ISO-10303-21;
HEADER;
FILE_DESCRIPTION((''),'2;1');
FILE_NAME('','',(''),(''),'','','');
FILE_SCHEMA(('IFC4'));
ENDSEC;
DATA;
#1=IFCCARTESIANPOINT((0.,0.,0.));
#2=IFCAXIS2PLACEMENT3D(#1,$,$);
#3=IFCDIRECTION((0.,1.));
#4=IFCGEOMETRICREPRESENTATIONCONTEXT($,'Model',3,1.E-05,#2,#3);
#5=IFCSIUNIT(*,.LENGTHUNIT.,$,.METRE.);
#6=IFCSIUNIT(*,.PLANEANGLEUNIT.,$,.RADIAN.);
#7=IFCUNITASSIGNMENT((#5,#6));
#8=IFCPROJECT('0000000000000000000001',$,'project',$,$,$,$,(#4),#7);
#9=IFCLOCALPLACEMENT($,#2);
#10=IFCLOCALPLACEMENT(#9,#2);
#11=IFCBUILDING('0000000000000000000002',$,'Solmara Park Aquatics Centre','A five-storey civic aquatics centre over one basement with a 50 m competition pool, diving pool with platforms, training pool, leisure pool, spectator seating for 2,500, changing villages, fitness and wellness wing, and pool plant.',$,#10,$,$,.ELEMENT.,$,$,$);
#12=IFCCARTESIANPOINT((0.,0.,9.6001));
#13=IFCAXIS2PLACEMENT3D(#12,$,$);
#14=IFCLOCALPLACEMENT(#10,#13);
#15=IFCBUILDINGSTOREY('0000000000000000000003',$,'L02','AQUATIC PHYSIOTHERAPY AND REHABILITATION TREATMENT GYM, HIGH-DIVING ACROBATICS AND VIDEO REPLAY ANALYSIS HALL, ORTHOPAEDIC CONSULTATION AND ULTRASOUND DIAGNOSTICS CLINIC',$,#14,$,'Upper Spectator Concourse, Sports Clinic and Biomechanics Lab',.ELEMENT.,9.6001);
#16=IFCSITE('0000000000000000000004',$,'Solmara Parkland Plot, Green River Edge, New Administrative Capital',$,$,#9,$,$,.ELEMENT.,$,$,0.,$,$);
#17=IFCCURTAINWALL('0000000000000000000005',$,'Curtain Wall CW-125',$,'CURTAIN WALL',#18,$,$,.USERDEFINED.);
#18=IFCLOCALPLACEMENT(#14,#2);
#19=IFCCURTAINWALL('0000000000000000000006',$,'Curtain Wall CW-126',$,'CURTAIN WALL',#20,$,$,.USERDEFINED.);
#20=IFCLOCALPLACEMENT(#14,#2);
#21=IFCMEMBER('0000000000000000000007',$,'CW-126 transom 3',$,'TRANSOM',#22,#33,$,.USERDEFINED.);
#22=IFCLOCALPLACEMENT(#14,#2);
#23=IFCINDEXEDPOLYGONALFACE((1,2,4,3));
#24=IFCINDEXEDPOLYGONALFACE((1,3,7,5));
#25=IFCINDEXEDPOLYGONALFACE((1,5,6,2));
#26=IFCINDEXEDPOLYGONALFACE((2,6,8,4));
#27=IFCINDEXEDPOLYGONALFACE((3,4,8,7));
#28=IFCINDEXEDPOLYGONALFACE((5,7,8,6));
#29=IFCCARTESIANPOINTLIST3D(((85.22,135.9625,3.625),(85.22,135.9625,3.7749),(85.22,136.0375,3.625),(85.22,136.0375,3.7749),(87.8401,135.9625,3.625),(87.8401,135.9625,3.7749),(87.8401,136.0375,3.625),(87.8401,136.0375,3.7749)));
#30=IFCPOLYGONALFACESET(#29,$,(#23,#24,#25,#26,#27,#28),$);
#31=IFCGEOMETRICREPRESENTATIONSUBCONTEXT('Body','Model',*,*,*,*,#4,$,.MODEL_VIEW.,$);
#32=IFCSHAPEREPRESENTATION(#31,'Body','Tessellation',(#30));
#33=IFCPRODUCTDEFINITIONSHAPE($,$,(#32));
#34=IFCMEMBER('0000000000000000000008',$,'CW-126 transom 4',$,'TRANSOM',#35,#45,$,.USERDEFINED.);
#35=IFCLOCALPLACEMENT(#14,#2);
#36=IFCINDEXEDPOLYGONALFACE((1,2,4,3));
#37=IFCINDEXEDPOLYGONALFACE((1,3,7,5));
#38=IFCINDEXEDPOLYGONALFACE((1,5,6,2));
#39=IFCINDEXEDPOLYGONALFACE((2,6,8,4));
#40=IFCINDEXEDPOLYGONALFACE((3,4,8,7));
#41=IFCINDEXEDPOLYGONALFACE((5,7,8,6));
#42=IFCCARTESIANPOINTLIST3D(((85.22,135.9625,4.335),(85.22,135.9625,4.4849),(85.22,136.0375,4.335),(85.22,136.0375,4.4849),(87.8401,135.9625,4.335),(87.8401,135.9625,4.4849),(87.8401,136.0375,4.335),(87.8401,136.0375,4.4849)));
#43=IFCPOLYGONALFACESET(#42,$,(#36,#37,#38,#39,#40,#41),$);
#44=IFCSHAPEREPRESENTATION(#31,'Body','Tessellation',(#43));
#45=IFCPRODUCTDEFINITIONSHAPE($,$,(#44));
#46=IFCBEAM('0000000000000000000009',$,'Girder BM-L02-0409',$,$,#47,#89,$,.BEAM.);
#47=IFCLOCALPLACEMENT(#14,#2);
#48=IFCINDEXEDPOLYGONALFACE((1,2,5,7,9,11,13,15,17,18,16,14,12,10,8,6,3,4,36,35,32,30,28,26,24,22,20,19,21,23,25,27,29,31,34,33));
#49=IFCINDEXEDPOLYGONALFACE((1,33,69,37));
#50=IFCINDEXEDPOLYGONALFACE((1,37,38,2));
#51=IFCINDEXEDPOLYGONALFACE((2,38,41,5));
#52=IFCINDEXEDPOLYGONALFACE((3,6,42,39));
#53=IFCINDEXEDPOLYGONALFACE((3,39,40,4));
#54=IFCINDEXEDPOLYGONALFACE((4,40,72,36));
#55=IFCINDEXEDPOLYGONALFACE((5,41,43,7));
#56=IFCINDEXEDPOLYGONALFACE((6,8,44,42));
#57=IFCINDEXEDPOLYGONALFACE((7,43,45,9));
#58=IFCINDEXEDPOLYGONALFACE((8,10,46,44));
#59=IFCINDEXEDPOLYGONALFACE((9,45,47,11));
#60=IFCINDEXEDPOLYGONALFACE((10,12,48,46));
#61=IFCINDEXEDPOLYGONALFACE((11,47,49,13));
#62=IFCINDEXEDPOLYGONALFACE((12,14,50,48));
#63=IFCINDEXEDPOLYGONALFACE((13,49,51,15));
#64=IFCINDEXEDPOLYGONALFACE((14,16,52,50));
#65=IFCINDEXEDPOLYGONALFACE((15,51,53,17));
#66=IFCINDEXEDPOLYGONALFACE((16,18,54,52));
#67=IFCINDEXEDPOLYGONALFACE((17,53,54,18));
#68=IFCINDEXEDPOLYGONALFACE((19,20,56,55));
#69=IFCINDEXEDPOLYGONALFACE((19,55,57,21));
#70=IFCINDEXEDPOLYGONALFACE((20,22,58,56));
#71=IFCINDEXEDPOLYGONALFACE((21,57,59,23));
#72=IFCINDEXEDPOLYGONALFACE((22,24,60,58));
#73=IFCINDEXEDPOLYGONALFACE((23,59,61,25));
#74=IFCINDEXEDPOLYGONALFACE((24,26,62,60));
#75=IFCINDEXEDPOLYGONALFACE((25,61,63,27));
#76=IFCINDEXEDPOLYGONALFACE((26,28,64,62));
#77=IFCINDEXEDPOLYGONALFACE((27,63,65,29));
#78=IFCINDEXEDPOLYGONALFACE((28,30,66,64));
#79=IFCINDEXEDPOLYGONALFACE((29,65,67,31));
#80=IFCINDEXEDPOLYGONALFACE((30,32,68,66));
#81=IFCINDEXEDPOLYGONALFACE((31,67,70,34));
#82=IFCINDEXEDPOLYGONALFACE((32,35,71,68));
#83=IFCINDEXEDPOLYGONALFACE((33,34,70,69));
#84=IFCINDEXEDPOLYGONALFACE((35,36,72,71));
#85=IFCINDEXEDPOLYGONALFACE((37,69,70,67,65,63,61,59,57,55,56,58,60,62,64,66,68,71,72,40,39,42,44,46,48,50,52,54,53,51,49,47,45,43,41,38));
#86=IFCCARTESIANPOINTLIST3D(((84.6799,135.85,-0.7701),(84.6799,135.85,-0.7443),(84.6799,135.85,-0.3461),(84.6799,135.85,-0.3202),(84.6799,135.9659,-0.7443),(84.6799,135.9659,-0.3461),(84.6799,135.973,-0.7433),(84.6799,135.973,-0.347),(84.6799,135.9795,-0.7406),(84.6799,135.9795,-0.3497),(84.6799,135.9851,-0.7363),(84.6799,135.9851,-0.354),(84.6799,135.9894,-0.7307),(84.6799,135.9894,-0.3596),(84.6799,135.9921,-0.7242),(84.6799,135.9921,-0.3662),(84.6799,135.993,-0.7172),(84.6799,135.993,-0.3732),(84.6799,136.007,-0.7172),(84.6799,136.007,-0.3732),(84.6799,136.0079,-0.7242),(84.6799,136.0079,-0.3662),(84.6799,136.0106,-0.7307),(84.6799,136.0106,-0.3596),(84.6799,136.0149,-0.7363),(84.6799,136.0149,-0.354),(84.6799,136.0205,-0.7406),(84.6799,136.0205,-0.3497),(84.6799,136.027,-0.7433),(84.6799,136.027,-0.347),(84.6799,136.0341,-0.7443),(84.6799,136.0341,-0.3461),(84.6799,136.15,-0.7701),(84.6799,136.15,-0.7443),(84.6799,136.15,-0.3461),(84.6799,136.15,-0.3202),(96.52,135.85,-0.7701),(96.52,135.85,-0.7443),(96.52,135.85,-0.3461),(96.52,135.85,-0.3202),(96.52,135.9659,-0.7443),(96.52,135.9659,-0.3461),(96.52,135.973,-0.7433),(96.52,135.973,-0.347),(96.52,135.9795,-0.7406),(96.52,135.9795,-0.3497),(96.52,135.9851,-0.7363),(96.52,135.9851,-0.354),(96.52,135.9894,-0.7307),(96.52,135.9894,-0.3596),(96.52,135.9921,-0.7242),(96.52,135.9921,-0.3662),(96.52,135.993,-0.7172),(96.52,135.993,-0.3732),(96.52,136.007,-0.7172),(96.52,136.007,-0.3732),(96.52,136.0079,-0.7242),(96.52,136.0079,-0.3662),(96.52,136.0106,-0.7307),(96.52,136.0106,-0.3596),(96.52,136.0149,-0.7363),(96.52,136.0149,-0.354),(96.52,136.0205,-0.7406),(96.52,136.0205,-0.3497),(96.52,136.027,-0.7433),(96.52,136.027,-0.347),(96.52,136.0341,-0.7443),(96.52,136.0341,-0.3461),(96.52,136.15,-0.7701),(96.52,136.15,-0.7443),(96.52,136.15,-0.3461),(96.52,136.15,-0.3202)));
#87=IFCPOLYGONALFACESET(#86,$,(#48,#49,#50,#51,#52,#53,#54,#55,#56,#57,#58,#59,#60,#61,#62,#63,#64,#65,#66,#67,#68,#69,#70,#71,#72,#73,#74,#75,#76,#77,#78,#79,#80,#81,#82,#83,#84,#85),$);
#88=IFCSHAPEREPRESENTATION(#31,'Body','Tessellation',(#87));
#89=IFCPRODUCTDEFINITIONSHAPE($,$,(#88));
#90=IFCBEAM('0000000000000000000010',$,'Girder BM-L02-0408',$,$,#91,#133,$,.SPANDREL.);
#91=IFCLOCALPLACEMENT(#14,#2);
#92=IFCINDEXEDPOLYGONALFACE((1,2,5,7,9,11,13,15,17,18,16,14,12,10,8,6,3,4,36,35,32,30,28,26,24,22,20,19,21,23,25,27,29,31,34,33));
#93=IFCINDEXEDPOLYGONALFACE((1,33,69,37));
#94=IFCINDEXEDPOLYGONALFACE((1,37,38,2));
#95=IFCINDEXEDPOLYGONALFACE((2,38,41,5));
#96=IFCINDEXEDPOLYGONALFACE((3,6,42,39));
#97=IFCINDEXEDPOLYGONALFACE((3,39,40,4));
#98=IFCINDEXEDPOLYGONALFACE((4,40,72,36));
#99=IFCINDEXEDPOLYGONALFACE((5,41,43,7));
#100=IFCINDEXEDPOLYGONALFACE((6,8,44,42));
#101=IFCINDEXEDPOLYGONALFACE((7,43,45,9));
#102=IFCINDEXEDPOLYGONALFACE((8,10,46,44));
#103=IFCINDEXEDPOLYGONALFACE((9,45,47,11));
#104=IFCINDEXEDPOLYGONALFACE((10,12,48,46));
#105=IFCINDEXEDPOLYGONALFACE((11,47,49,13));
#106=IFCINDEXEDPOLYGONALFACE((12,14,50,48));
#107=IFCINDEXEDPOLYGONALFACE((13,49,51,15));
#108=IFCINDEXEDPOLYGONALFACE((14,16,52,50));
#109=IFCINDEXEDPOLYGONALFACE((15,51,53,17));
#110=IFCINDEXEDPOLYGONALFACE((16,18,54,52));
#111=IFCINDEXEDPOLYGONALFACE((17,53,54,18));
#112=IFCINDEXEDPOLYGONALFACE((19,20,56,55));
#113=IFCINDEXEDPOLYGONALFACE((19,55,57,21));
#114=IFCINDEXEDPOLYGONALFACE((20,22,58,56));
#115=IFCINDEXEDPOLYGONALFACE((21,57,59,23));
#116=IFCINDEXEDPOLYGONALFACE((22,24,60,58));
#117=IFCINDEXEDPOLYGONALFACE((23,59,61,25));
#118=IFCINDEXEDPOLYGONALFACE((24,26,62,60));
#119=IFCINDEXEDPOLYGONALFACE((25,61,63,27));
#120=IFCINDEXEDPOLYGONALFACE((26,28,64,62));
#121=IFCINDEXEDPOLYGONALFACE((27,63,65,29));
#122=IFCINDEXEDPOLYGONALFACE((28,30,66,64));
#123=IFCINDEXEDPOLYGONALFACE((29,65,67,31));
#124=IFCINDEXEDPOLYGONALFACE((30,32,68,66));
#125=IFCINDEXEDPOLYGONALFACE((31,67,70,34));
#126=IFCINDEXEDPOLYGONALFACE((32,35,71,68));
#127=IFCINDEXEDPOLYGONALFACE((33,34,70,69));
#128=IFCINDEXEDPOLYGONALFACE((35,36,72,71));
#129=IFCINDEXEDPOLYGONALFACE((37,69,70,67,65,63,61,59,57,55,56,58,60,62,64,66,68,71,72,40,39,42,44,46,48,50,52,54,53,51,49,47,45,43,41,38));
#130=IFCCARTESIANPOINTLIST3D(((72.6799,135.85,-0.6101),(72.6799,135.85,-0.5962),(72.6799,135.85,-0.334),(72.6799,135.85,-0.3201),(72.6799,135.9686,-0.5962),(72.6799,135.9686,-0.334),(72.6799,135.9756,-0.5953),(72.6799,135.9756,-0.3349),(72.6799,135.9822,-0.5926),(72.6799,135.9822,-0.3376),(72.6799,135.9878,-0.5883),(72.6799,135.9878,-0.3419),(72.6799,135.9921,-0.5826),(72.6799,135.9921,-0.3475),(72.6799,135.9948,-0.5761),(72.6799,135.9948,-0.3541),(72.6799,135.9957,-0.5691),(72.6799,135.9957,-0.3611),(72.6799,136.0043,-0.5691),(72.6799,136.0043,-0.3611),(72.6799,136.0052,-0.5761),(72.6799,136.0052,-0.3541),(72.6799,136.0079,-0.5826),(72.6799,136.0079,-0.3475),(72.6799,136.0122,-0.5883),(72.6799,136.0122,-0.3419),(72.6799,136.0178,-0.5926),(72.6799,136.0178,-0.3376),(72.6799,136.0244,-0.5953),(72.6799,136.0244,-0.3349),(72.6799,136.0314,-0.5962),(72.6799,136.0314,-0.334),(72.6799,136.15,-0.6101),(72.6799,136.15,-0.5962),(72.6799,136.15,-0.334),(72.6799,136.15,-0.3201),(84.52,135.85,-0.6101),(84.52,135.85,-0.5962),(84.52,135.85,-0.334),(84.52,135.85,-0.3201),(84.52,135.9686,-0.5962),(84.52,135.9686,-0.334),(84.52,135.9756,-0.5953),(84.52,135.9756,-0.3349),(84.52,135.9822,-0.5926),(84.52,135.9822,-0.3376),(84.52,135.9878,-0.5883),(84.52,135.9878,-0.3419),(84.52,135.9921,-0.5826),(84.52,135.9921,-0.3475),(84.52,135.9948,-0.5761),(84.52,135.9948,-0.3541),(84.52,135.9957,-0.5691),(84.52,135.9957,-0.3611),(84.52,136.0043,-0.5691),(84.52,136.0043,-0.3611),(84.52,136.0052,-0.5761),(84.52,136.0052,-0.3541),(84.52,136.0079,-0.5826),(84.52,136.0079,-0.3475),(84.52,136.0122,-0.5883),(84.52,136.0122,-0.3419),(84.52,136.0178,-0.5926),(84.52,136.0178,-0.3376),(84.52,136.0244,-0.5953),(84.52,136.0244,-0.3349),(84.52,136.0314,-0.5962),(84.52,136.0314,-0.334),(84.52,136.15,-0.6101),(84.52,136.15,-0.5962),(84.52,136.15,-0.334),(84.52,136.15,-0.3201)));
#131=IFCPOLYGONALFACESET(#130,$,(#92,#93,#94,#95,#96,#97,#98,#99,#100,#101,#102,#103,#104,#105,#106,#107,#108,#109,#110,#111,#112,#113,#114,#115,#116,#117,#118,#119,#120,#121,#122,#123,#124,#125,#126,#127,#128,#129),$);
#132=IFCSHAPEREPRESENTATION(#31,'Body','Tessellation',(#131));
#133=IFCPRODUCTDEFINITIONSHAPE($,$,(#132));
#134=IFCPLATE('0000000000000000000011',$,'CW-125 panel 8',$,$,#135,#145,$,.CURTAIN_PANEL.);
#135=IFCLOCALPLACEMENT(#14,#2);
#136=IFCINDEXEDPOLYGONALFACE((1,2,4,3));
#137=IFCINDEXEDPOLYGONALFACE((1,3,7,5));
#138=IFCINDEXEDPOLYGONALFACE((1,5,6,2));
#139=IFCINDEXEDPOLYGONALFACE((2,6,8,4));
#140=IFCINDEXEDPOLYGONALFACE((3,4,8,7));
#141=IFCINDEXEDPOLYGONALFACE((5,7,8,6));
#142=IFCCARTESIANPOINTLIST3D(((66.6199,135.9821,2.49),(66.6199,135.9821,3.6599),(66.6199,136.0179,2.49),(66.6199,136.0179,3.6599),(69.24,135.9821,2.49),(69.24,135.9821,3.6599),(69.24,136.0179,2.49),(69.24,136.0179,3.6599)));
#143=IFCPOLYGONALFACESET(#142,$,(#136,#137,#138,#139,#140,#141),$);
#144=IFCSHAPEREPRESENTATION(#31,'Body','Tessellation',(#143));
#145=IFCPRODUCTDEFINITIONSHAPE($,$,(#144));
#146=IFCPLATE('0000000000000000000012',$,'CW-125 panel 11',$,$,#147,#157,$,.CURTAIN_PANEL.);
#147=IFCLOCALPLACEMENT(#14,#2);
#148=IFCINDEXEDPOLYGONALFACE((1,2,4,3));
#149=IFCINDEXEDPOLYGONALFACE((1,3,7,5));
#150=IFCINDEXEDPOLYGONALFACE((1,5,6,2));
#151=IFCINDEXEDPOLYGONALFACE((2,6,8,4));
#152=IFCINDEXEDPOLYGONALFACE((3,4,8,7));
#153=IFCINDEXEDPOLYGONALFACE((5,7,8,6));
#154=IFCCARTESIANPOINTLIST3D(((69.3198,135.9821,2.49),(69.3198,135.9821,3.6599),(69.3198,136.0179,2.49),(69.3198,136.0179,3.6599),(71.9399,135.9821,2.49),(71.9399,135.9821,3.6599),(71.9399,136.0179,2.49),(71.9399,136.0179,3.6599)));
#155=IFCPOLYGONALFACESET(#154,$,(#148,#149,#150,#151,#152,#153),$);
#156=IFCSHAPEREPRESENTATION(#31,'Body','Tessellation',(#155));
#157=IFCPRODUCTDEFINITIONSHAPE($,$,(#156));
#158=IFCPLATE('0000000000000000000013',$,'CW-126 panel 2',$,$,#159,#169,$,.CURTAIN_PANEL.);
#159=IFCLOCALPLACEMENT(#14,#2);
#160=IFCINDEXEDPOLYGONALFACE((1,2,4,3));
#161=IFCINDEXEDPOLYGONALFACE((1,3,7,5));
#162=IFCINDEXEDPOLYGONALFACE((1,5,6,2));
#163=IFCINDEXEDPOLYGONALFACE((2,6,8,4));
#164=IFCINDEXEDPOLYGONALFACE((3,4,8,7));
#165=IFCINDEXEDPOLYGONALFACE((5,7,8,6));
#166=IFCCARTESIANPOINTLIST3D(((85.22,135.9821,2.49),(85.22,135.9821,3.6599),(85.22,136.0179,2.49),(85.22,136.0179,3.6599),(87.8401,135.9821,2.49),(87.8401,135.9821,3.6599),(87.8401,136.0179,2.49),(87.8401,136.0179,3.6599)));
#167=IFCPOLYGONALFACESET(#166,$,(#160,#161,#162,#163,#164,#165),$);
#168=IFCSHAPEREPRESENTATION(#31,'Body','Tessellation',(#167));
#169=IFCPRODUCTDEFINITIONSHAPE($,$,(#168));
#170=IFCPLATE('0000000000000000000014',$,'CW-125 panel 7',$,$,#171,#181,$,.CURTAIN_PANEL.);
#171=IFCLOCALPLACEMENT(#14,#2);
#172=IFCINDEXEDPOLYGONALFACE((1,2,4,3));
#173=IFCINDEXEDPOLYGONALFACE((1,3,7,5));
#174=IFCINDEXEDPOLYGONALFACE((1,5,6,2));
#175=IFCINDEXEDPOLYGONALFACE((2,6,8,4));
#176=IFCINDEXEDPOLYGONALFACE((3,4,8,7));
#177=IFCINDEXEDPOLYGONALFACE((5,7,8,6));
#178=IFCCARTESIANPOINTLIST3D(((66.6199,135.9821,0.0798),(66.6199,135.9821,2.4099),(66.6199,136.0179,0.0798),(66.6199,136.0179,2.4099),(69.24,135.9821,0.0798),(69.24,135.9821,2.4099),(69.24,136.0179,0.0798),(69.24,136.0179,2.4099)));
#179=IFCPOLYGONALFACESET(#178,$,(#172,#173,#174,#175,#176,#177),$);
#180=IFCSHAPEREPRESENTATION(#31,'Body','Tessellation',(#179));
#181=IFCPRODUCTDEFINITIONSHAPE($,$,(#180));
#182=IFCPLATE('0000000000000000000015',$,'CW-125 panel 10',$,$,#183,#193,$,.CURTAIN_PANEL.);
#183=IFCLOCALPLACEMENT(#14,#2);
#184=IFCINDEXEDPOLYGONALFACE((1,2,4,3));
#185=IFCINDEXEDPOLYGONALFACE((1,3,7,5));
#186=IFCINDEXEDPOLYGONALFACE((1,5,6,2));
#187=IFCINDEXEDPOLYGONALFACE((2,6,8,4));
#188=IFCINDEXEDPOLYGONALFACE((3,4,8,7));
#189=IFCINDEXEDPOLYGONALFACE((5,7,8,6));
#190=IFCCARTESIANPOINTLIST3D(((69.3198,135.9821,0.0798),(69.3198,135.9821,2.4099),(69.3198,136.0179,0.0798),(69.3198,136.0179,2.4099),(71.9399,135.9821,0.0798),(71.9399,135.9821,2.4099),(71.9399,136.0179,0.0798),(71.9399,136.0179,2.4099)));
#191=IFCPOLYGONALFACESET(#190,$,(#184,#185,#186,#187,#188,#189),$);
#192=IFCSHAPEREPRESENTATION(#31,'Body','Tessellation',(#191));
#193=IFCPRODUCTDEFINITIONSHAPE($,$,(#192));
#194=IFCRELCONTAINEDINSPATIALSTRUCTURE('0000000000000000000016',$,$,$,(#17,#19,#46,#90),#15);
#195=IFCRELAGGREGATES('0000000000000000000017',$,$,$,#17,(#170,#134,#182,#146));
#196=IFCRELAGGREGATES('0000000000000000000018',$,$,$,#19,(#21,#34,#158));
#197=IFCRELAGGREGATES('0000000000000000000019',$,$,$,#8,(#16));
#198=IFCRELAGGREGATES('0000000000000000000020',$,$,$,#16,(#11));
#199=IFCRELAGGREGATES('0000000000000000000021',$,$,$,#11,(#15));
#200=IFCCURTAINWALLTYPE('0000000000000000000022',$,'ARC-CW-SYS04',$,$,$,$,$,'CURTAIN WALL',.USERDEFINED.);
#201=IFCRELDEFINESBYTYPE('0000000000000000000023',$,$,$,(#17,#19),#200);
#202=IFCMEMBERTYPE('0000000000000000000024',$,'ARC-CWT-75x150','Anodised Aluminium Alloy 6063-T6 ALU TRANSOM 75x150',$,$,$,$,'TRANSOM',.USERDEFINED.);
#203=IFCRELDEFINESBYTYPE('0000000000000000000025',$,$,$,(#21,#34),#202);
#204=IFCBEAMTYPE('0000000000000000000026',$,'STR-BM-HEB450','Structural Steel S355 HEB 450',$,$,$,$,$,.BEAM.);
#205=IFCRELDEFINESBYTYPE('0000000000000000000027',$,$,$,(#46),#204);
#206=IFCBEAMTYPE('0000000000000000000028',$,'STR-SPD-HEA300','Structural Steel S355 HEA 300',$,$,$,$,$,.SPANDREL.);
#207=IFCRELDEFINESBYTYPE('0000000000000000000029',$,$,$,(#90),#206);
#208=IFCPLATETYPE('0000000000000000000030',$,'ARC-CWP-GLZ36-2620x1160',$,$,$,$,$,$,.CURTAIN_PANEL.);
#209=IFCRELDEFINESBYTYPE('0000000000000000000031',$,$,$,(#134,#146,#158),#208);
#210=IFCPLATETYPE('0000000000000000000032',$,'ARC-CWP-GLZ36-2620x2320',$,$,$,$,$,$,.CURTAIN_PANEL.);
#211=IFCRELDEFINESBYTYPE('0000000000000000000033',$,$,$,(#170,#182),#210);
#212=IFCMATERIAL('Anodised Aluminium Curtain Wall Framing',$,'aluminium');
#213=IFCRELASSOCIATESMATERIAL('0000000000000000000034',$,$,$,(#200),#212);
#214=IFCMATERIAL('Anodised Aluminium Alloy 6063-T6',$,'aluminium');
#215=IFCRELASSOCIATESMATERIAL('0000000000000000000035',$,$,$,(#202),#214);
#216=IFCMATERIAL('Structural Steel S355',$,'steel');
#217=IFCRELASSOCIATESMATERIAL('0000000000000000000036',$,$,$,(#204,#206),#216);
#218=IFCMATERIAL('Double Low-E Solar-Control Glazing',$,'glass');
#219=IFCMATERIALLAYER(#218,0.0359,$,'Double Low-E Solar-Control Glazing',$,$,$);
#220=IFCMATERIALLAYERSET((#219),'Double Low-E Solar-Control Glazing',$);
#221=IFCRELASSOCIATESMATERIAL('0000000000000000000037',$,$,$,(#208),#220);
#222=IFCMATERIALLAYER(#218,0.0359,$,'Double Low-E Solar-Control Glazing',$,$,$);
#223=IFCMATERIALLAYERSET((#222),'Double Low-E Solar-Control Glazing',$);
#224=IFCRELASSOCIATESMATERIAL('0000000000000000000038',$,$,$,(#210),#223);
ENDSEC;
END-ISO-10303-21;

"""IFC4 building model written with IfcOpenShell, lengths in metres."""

from ifc_helpers import new_model, si_unit, direction, frame, origin, origin_2d, place, context, subcontext, project, spatial, rectangle, i_section, extrude, material, layer, layer_set, material_profile, profile_set, type_object, element, aggregate, save


model = new_model("IFC4")

# Units and contexts
model_context = context("Model", 3, precision=1e-05, world=origin(), true_north=direction((0.0, 1.0)))
body_context = subcontext(model_context, "Body", "Model", "MODEL_VIEW")
ifc_project = project(units=[si_unit("LENGTHUNIT", "METRE"), si_unit("PLANEANGLEUNIT", "RADIAN")], contexts=[model_context])

# Site, building, storey
site_placement = place(None, origin())
site = spatial("IfcSite", under=ifc_project, at=site_placement, Name="Solmara Parkland Plot, Green River Edge, New Administrative Capital", CompositionType="ELEMENT", RefElevation=0.0)
building_placement = place(site_placement, origin())
building = spatial("IfcBuilding", under=site, at=building_placement, Name="Solmara Park Aquatics Centre", Description="A five-storey civic aquatics centre over one basement with a 50 m competition pool, diving pool with platforms, training pool, leisure pool, spectator seating for 2,500, changing villages, fitness and wellness wing, and pool plant.", CompositionType="ELEMENT")
storey_placement = place(building_placement, frame((0.0, 0.0, 9.6001)))
storey = spatial("IfcBuildingStorey", under=building, at=storey_placement, Name="L02", Description="AQUATIC PHYSIOTHERAPY AND REHABILITATION TREATMENT GYM, HIGH-DIVING ACROBATICS AND VIDEO REPLAY ANALYSIS HALL, ORTHOPAEDIC CONSULTATION AND ULTRASOUND DIAGNOSTICS CLINIC", LongName="Upper Spectator Concourse, Sports Clinic and Biomechanics Lab", CompositionType="ELEMENT", Elevation=9.6001)

# Curtain wall
ifc_material_1 = material(Name="Anodised Aluminium Curtain Wall Framing", Category="aluminium")
curtain_wall_type = type_object("IfcCurtainWallType", Name="ARC-CW-SYS04", ElementType="CURTAIN WALL", PredefinedType="USERDEFINED", material=ifc_material_1)
curtain_wall_1_placement = place(storey_placement, origin())
curtain_wall_1 = element("IfcCurtainWall", 1, at=curtain_wall_1_placement, inside=storey, type_object=curtain_wall_type, Name="Curtain Wall CW-125", ObjectType="CURTAIN WALL", PredefinedType="USERDEFINED")
ifc_material_2 = material(Name="Anodised Aluminium Alloy 6063-T6", Category="aluminium")

# Curtain wall
curtain_wall_2_placement = place(storey_placement, origin())
curtain_wall_2 = element("IfcCurtainWall", 2, at=curtain_wall_2_placement, inside=storey, type_object=curtain_wall_type, Name="Curtain Wall CW-126", ObjectType="CURTAIN WALL", PredefinedType="USERDEFINED")

# Members
ifc_material_profile_1 = material_profile(ifc_material_2, rectangle(XDim=0.075, YDim=0.1499, at=origin_2d()), Name="ALU TRANSOM 75x150")
ifc_profile_set_1 = profile_set([ifc_material_profile_1], Name="Anodised Aluminium Alloy 6063-T6")
member_type_1 = type_object("IfcMemberType", Name="ARC-CWT-75x150", Description="Anodised Aluminium Alloy 6063-T6 ALU TRANSOM 75x150", ElementType="TRANSOM", PredefinedType="USERDEFINED", material=ifc_profile_set_1)
member_1_placement = place(storey_placement, frame((85.22, 136.0, 3.7), z_axis=(1.0, 0.0, 0.0), x_axis=(0.0, 1.0, 0.0)))
member_1 = element("IfcMember", 3, at=member_1_placement, type_object=member_type_1, Name="CW-126 transom 3", ObjectType="TRANSOM", PredefinedType="USERDEFINED", context=body_context, shape_type="SweptSolid", body=[
    extrude(rectangle(XDim=0.075, YDim=0.1499, at=origin_2d()), origin(), (0.0, 0.0, 1.0), 2.6201),
])
member_2_placement = place(storey_placement, frame((85.22, 136.0, 4.4099), z_axis=(1.0, 0.0, 0.0), x_axis=(0.0, 1.0, 0.0)))
member_2 = element("IfcMember", 4, at=member_2_placement, type_object=member_type_1, Name="CW-126 transom 4", ObjectType="TRANSOM", PredefinedType="USERDEFINED", context=body_context, shape_type="SweptSolid", body=[
    extrude(rectangle(XDim=0.075, YDim=0.1499, at=origin_2d()), origin(), (0.0, 0.0, 1.0), 2.6201),
])

# Beams
ifc_material_3 = material(Name="Structural Steel S355", Category="steel")
ifc_material_profile_2 = material_profile(ifc_material_3, i_section(OverallWidth=0.3, OverallDepth=0.45, WebThickness=0.0139, FlangeThickness=0.0259, FilletRadius=0.0271, at=origin_2d()), Name="HEB 450")
ifc_profile_set_2 = profile_set([ifc_material_profile_2], Name="Structural Steel S355")
beam_type_1 = type_object("IfcBeamType", Name="STR-BM-HEB450", Description="Structural Steel S355 HEB 450", PredefinedType="BEAM", material=ifc_profile_set_2)
beam_1_placement = place(storey_placement, frame((84.6799, 136.0, -0.5452), z_axis=(1.0, 0.0, 0.0), x_axis=(0.0, 1.0, 0.0)))
element("IfcBeam", 5, at=beam_1_placement, inside=storey, type_object=beam_type_1, Name="Girder BM-L02-0409", PredefinedType="BEAM", context=body_context, shape_type="SweptSolid", body=[
    extrude(i_section(OverallWidth=0.3, OverallDepth=0.45, WebThickness=0.0139, FlangeThickness=0.0259, FilletRadius=0.0271, at=origin_2d()), origin(), (0.0, 0.0, 1.0), 11.8401),
])
ifc_material_profile_3 = material_profile(ifc_material_3, i_section(OverallWidth=0.3, OverallDepth=0.29, WebThickness=0.0085, FlangeThickness=0.0139, FilletRadius=0.0271, at=origin_2d()), Name="HEA 300")
ifc_profile_set_3 = profile_set([ifc_material_profile_3], Name="Structural Steel S355")
beam_type_2 = type_object("IfcBeamType", Name="STR-SPD-HEA300", Description="Structural Steel S355 HEA 300", PredefinedType="SPANDREL", material=ifc_profile_set_3)
beam_2_placement = place(storey_placement, frame((72.6799, 136.0, -0.4651), z_axis=(1.0, 0.0, 0.0), x_axis=(0.0, 1.0, 0.0)))
element("IfcBeam", 6, at=beam_2_placement, inside=storey, type_object=beam_type_2, Name="Girder BM-L02-0408", PredefinedType="SPANDREL", context=body_context, shape_type="SweptSolid", body=[
    extrude(i_section(OverallWidth=0.3, OverallDepth=0.29, WebThickness=0.0085, FlangeThickness=0.0139, FilletRadius=0.0271, at=origin_2d()), origin(), (0.0, 0.0, 1.0), 11.8401),
])

# Plates
ifc_material_4 = material(Name="Double Low-E Solar-Control Glazing", Category="glass")
ifc_layer_1 = layer(ifc_material_4, 0.0359, Name="Double Low-E Solar-Control Glazing")
ifc_layer_set_1 = layer_set([ifc_layer_1], Name="Double Low-E Solar-Control Glazing")
plate_type_1 = type_object("IfcPlateType", Name="ARC-CWP-GLZ36-2620x1160", PredefinedType="CURTAIN_PANEL", material=ifc_layer_set_1)
plate_1_placement = place(storey_placement, frame((67.9299, 136.0, 2.49), z_axis=(0.0, 0.0, 1.0), x_axis=(1.0, 0.0, 0.0)))
plate_1 = element("IfcPlate", 7, at=plate_1_placement, type_object=plate_type_1, Name="CW-125 panel 8", PredefinedType="CURTAIN_PANEL", context=body_context, shape_type="SweptSolid", body=[
    extrude(rectangle(XDim=2.6201, YDim=0.0359, at=origin_2d()), origin(), (0.0, 0.0, 1.0), 1.1699),
])
plate_2_placement = place(storey_placement, frame((70.6299, 136.0, 2.49), z_axis=(0.0, 0.0, 1.0), x_axis=(1.0, 0.0, 0.0)))
plate_2 = element("IfcPlate", 8, at=plate_2_placement, type_object=plate_type_1, Name="CW-125 panel 11", PredefinedType="CURTAIN_PANEL", context=body_context, shape_type="SweptSolid", body=[
    extrude(rectangle(XDim=2.6201, YDim=0.0359, at=origin_2d()), origin(), (0.0, 0.0, 1.0), 1.1699),
])
plate_3_placement = place(storey_placement, frame((86.53, 136.0, 2.49), z_axis=(0.0, 0.0, 1.0), x_axis=(1.0, 0.0, 0.0)))
plate_3 = element("IfcPlate", 9, at=plate_3_placement, type_object=plate_type_1, Name="CW-126 panel 2", PredefinedType="CURTAIN_PANEL", context=body_context, shape_type="SweptSolid", body=[
    extrude(rectangle(XDim=2.6201, YDim=0.0359, at=origin_2d()), origin(), (0.0, 0.0, 1.0), 1.1699),
])
ifc_layer_2 = layer(ifc_material_4, 0.0359, Name="Double Low-E Solar-Control Glazing")
ifc_layer_set_2 = layer_set([ifc_layer_2], Name="Double Low-E Solar-Control Glazing")
plate_type_2 = type_object("IfcPlateType", Name="ARC-CWP-GLZ36-2620x2320", PredefinedType="CURTAIN_PANEL", material=ifc_layer_set_2)
plate_4_placement = place(storey_placement, frame((67.9299, 136.0, 0.0798), z_axis=(0.0, 0.0, 1.0), x_axis=(1.0, 0.0, 0.0)))
plate_4 = element("IfcPlate", 10, at=plate_4_placement, type_object=plate_type_2, Name="CW-125 panel 7", PredefinedType="CURTAIN_PANEL", context=body_context, shape_type="SweptSolid", body=[
    extrude(rectangle(XDim=2.6201, YDim=0.0359, at=origin_2d()), origin(), (0.0, 0.0, 1.0), 2.3301),
])
plate_5_placement = place(storey_placement, frame((70.6299, 136.0, 0.0798), z_axis=(0.0, 0.0, 1.0), x_axis=(1.0, 0.0, 0.0)))
plate_5 = element("IfcPlate", 11, at=plate_5_placement, type_object=plate_type_2, Name="CW-125 panel 10", PredefinedType="CURTAIN_PANEL", context=body_context, shape_type="SweptSolid", body=[
    extrude(rectangle(XDim=2.6201, YDim=0.0359, at=origin_2d()), origin(), (0.0, 0.0, 1.0), 2.3301),
])
aggregate(curtain_wall_1, [plate_4, plate_1, plate_5, plate_2])
aggregate(curtain_wall_2, [member_1, member_2, plate_3])

save(model, "model.ifc")
